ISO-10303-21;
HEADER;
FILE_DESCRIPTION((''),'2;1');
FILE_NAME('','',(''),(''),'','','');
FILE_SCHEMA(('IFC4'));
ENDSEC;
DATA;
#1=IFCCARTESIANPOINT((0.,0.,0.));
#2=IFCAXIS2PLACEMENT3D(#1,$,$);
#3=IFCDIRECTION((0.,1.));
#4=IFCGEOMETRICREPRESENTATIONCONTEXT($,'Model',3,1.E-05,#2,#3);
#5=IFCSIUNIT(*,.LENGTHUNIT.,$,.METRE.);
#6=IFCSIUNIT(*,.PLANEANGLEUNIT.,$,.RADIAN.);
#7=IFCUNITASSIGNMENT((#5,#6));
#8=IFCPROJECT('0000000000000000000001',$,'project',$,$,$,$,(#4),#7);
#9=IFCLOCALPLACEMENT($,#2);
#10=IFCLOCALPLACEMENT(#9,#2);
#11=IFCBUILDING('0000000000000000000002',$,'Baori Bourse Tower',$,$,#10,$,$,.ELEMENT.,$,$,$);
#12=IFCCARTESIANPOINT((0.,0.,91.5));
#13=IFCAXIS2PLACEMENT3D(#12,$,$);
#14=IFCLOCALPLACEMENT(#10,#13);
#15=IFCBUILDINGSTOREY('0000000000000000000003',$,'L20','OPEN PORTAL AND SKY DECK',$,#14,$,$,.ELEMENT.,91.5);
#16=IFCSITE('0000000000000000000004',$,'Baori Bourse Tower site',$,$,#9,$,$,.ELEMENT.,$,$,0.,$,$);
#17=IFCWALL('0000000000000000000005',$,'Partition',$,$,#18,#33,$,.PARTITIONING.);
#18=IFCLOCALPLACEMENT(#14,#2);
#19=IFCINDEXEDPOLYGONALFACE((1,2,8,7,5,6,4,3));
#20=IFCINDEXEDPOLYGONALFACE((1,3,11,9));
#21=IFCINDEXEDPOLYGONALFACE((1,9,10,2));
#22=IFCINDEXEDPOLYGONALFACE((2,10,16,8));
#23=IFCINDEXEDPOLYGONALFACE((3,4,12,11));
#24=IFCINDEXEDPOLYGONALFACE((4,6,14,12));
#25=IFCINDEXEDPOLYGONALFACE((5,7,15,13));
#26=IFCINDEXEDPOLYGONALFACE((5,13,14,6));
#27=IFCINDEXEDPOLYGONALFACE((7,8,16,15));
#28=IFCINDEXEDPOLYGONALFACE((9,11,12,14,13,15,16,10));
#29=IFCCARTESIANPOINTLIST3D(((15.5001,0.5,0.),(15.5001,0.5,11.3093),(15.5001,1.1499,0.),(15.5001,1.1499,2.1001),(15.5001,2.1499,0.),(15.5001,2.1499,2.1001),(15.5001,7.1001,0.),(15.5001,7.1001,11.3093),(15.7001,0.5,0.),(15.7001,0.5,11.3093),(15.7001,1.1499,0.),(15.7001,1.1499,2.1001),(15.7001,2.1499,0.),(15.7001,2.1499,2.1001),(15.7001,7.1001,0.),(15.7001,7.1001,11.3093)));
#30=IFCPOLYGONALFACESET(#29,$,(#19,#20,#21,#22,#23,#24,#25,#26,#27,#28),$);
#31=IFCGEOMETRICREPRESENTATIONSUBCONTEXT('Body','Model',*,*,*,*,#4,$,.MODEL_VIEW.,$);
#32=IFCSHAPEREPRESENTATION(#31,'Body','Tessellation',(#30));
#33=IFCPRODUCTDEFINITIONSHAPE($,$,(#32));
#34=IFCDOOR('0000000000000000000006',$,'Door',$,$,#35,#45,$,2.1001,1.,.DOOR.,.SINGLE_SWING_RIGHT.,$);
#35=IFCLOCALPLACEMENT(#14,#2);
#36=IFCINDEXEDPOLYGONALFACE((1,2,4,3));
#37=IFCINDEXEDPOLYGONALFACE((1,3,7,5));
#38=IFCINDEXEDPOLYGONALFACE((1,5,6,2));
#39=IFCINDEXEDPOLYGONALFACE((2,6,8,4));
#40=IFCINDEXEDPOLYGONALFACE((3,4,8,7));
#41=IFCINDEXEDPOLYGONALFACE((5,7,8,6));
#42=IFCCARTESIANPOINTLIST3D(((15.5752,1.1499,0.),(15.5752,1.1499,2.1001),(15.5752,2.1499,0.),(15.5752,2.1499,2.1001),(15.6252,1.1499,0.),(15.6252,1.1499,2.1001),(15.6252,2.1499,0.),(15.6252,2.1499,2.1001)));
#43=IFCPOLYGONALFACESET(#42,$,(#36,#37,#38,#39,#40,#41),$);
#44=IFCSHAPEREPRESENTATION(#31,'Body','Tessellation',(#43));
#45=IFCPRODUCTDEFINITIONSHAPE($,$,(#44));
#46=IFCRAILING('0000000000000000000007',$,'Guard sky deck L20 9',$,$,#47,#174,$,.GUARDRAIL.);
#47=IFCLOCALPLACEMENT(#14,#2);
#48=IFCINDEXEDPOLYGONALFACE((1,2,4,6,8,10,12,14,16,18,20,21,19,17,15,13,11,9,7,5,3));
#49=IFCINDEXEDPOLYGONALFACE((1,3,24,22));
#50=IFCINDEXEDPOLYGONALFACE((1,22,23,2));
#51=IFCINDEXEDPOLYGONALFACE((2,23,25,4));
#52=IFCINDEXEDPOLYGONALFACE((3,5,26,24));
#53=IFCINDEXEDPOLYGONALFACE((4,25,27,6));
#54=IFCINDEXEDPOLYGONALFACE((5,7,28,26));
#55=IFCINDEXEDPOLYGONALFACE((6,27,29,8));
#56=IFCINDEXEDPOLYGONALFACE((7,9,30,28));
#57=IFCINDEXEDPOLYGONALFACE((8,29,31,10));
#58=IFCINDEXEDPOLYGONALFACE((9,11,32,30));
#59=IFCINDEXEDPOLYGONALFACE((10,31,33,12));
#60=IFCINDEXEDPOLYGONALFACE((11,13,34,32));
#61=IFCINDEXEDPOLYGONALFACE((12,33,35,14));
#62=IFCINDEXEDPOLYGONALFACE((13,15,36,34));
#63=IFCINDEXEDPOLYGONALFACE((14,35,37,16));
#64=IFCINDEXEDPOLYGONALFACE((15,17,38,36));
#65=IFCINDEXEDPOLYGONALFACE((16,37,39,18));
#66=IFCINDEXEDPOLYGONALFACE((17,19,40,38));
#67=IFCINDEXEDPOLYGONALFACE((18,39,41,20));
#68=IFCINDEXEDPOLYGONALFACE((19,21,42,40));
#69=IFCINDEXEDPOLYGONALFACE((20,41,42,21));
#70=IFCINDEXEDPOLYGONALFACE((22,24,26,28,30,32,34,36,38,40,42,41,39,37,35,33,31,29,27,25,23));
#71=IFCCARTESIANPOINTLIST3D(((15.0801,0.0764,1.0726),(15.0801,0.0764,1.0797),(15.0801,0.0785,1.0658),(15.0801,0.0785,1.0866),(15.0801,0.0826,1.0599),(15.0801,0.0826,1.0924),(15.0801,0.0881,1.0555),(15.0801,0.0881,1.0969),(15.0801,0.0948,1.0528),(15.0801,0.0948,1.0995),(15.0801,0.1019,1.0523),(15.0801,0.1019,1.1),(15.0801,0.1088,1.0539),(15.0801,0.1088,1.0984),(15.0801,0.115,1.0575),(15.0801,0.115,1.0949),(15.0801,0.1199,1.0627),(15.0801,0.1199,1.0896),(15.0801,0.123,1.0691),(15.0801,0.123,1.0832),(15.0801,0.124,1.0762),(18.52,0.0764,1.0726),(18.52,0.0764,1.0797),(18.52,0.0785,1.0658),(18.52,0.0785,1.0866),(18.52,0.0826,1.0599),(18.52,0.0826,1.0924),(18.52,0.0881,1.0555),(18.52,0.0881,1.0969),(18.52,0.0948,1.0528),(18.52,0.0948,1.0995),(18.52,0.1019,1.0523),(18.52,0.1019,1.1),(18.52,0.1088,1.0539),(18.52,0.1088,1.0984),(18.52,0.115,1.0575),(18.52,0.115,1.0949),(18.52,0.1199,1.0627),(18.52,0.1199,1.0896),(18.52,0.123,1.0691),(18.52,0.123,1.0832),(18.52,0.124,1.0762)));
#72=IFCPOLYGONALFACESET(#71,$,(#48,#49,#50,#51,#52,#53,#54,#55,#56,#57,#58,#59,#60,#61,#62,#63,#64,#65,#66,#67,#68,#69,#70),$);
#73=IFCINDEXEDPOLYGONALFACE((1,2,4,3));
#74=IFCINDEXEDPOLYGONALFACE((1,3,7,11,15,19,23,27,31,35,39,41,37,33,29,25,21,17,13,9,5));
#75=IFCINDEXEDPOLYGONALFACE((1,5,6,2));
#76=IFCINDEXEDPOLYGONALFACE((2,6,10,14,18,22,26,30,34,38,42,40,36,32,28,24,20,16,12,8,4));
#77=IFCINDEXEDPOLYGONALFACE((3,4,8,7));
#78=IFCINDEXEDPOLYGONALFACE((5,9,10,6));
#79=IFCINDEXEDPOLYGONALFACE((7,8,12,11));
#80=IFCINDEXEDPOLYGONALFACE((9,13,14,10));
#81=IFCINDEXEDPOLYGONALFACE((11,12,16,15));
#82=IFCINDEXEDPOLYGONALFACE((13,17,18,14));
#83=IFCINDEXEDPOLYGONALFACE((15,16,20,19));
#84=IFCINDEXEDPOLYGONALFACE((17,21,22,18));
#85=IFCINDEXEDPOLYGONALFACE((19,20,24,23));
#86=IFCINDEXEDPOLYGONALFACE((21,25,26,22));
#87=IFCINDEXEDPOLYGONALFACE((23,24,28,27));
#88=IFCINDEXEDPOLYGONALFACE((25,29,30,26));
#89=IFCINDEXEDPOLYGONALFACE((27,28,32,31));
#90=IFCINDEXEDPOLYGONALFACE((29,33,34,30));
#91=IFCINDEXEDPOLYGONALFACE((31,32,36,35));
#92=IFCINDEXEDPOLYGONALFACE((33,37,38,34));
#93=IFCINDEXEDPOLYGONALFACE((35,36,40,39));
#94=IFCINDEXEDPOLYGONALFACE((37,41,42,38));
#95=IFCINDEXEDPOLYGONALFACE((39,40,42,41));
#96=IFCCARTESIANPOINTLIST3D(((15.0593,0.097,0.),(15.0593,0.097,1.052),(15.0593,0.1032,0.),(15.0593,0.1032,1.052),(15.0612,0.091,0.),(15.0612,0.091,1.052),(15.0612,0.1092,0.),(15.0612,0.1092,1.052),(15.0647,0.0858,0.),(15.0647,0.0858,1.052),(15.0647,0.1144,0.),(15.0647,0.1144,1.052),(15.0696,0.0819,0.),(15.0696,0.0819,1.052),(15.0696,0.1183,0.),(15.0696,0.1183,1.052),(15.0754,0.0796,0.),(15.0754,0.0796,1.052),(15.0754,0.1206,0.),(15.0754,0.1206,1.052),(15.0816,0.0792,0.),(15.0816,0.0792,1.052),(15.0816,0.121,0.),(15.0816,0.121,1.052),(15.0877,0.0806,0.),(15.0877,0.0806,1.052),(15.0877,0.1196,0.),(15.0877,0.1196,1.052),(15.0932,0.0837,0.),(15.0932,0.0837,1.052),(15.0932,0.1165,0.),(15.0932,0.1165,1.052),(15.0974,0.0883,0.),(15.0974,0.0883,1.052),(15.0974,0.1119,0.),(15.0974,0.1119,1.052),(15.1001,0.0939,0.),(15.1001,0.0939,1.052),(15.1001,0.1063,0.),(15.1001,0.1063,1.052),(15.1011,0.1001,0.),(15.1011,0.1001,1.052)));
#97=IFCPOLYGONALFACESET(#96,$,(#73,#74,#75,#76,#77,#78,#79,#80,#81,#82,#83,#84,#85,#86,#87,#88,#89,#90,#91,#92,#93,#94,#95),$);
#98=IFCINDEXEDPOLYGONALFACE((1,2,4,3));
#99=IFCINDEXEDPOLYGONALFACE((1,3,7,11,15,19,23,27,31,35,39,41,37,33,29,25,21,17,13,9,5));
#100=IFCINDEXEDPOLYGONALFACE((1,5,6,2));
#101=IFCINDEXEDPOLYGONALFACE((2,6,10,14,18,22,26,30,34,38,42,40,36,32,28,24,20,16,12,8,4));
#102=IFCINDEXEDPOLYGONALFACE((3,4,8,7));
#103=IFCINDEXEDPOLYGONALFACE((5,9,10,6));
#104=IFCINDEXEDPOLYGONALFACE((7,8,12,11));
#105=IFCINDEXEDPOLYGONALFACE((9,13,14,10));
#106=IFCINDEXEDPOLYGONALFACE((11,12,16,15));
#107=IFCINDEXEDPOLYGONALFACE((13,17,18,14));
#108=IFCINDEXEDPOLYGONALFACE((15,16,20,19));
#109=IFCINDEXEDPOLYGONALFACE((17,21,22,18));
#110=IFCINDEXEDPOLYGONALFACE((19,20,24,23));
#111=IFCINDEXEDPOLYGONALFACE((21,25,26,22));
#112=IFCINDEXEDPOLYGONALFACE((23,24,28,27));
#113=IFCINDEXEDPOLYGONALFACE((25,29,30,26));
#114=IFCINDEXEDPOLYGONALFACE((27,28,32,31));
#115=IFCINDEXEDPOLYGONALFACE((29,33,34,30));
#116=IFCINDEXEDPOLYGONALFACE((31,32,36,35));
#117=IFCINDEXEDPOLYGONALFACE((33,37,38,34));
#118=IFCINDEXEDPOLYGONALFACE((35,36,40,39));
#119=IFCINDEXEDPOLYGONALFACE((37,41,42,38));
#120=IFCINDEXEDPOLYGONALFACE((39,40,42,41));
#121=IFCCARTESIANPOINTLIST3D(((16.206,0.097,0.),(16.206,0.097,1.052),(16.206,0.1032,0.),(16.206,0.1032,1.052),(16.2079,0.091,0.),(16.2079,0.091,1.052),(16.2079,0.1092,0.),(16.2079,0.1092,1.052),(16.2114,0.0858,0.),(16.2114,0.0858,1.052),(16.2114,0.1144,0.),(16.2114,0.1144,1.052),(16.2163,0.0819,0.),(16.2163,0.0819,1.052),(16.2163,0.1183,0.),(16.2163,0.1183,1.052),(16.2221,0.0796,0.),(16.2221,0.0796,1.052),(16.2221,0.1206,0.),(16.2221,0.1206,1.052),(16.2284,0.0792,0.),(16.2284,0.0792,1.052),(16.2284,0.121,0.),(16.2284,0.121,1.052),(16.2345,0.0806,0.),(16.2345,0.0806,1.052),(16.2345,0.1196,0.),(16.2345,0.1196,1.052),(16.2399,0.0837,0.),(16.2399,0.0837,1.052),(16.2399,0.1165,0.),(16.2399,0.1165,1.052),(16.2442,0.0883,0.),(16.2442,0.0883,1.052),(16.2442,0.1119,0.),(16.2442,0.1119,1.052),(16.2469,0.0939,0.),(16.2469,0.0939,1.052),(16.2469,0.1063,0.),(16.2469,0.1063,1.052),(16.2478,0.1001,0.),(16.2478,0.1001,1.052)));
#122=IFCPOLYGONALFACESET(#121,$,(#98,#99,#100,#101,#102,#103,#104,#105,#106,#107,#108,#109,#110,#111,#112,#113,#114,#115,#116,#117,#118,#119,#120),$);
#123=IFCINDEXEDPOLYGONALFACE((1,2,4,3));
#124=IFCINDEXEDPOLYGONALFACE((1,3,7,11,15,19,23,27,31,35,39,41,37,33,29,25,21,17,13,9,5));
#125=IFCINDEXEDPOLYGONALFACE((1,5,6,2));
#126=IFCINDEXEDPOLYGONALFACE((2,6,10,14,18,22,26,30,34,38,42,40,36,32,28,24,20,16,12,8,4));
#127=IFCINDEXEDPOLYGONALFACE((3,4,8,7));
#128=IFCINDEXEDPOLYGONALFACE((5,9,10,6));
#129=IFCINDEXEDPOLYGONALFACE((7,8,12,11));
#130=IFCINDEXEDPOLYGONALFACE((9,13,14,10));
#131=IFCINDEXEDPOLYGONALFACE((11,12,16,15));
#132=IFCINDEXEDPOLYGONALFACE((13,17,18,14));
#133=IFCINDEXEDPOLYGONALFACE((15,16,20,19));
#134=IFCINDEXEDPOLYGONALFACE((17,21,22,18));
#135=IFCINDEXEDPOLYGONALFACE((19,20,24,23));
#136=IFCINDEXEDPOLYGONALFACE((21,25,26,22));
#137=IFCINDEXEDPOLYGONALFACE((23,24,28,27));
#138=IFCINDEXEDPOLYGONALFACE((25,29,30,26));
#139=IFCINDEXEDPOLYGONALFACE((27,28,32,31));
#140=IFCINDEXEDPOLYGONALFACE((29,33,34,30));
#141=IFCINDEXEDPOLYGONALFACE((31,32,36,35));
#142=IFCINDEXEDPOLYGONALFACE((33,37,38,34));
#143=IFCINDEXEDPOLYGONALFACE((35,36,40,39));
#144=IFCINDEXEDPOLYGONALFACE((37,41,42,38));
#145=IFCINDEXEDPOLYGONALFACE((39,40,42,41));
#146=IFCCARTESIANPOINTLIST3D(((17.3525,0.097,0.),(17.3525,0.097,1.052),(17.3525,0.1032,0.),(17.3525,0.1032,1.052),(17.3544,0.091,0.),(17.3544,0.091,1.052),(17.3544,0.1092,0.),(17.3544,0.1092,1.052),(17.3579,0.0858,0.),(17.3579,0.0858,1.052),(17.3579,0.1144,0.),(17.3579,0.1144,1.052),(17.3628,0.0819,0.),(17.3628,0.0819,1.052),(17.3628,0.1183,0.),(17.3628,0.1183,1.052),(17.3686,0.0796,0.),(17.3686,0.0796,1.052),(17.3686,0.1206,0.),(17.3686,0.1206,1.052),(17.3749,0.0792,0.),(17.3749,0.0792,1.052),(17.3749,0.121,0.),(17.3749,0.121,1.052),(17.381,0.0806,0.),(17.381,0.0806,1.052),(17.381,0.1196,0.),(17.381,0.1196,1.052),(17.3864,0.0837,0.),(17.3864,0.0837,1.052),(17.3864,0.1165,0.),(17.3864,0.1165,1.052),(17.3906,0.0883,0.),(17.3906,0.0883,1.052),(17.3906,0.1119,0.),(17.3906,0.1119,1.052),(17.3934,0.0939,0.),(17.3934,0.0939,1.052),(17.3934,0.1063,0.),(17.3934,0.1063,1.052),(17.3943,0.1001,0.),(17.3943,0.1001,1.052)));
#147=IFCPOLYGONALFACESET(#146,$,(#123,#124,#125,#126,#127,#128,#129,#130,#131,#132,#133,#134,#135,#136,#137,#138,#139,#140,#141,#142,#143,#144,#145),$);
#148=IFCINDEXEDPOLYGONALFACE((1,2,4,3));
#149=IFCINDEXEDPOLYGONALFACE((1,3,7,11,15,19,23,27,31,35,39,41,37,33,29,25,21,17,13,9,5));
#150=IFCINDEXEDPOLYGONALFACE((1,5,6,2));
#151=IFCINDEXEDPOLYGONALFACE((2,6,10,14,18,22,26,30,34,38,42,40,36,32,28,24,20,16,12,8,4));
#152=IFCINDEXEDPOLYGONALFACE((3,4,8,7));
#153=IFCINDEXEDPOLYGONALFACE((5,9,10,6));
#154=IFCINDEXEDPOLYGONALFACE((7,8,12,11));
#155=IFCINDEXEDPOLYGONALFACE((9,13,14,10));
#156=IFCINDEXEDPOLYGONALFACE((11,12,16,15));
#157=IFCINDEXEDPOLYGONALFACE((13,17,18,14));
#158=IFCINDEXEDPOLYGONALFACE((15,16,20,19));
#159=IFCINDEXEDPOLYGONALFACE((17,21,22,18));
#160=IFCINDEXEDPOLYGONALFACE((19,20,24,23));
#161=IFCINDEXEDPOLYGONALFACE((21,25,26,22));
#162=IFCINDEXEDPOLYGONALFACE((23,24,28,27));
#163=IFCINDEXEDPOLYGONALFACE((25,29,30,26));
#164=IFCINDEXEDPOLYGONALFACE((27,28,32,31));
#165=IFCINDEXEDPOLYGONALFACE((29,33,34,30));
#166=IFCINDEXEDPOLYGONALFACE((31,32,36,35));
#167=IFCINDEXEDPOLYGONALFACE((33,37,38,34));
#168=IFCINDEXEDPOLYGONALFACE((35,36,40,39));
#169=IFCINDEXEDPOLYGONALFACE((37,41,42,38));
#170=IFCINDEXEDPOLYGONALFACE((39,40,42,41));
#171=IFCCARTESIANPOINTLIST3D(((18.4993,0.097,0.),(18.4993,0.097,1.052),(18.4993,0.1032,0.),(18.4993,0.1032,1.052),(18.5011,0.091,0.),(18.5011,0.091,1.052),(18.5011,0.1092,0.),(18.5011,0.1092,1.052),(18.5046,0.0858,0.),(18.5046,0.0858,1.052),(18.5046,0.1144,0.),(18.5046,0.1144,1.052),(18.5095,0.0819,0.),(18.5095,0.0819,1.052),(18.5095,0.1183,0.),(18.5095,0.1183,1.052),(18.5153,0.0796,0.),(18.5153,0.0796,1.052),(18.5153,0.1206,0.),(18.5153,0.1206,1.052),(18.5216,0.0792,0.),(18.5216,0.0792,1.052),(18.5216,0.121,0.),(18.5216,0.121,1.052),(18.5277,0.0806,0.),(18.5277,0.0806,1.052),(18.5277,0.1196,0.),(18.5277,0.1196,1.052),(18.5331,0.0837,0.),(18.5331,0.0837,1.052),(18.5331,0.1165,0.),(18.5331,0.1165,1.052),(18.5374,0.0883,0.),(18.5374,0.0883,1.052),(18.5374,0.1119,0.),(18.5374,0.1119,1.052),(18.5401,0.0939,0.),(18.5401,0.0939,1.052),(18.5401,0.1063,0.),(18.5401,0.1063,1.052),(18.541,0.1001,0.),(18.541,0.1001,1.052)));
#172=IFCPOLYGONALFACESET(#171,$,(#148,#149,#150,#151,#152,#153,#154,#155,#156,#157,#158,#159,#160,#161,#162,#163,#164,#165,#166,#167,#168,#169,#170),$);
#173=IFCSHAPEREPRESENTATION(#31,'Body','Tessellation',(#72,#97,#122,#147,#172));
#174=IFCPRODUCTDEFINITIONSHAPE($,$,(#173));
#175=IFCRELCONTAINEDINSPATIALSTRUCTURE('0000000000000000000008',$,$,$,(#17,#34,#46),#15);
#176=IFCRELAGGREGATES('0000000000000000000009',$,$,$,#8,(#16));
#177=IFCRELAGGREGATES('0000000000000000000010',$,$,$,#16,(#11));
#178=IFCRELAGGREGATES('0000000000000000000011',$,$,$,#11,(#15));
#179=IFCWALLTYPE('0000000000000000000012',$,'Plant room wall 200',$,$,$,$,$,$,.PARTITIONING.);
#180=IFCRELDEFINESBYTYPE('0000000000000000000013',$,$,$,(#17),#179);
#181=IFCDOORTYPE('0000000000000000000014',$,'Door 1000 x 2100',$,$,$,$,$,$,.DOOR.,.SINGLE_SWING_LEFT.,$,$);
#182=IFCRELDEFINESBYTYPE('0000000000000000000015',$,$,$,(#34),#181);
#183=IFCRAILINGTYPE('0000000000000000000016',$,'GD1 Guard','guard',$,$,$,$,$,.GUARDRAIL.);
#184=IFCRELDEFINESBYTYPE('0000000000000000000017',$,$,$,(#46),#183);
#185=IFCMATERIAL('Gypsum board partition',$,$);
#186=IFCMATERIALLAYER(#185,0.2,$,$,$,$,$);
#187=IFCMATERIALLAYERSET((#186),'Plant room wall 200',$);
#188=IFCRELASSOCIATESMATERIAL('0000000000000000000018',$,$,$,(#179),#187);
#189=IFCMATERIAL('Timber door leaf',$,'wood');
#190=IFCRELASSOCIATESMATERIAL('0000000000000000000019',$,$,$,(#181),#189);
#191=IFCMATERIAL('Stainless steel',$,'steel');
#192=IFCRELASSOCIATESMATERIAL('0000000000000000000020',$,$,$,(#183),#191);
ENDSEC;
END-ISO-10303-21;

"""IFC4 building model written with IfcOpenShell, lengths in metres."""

from ifc_helpers import new_model, si_unit, direction, frame, frame_2d, origin, origin_2d, place, context, subcontext, project, spatial, rectangle, circle, extrude, material, layer, layer_set, type_object, element, fill, save


model = new_model("IFC4")

# Units and contexts
model_context = context("Model", 3, precision=1e-05, world=origin(), true_north=direction((0.0, 1.0)))
body_context = subcontext(model_context, "Body", "Model", "MODEL_VIEW")
ifc_project = project(units=[si_unit("LENGTHUNIT", "METRE"), si_unit("PLANEANGLEUNIT", "RADIAN")], contexts=[model_context])

# Site, building, storey
site_placement = place(None, origin())
site = spatial("IfcSite", under=ifc_project, at=site_placement, Name="Baori Bourse Tower site", CompositionType="ELEMENT", RefElevation=0.0)
building_placement = place(site_placement, origin())
building = spatial("IfcBuilding", under=site, at=building_placement, Name="Baori Bourse Tower", CompositionType="ELEMENT")
storey_placement = place(building_placement, frame((0.0, 0.0, 91.5)))
storey = spatial("IfcBuildingStorey", under=building, at=storey_placement, Name="L20", Description="OPEN PORTAL AND SKY DECK", CompositionType="ELEMENT", Elevation=91.5)

# Shared definitions
ifc_material_1 = material(Name="Gypsum board partition")
ifc_layer = layer(ifc_material_1, 0.2)
ifc_layer_set = layer_set([ifc_layer], Name="Plant room wall 200")
wall_type = type_object("IfcWallType", Name="Plant room wall 200", PredefinedType="PARTITIONING", material=ifc_layer_set)

# Wall, opening, door
wall_placement = place(storey_placement, frame((15.6001, 0.5, 0.0), z_axis=(0.0, 0.0, 1.0), x_axis=(0.0, 1.0, 0.0)))
wall = element("IfcWall", 1, at=wall_placement, inside=storey, type_object=wall_type, Name="Partition", PredefinedType="PARTITIONING", context=body_context, shape_type="SweptSolid", body=[
    extrude(rectangle(XDim=6.6001, YDim=0.2, at=frame_2d((3.3, 0.0))), origin(), (0.0, 0.0, 1.0), 11.3093),
])
opening_placement = place(wall_placement, frame((0.6499, 0.0, 0.0)))
opening = element("IfcOpeningElement", 2, at=opening_placement, cuts=wall, PredefinedType="OPENING", context=body_context, shape_type="SweptSolid", body=[
    extrude(rectangle(XDim=1.0, YDim=2.1001, at=frame_2d((0.5, 1.05))), frame((0.0, 0.1099, 0.0), z_axis=(0.0, -1.0, 0.0), x_axis=(1.0, 0.0, 0.0)), (0.0, 0.0, 1.0), 0.22),
])
ifc_material_2 = material(Name="Timber door leaf", Category="wood")
door_type = type_object("IfcDoorType", Name="Door 1000 x 2100", OperationType="SINGLE_SWING_LEFT", PredefinedType="DOOR", material=ifc_material_2)
door_placement = place(opening_placement, origin())
door = element("IfcDoor", 3, at=door_placement, inside=storey, type_object=door_type, Name="Door", OperationType="SINGLE_SWING_RIGHT", OverallHeight=2.1001, OverallWidth=1.0, PredefinedType="DOOR", context=body_context, shape_type="SweptSolid", body=[
    extrude(rectangle(XDim=1.0, YDim=2.1001, at=frame_2d((0.5, 1.05))), frame((0.0, 0.0249, 0.0), z_axis=(0.0, -1.0, 0.0), x_axis=(1.0, 0.0, 0.0)), (0.0, 0.0, 1.0), 0.05),
])
fill(opening, door)

# Railing
ifc_material_3 = material(Name="Stainless steel", Category="steel")
railing_type = type_object("IfcRailingType", Name="GD1 Guard", Description="guard", PredefinedType="GUARDRAIL", material=ifc_material_3)
railing_1_placement = place(storey_placement, frame((15.0801, 0.1001, 0.0)))
element("IfcRailing", 4, at=railing_1_placement, inside=storey, type_object=railing_type, Name="Guard sky deck L20 9", PredefinedType="GUARDRAIL", context=body_context, shape_type="SweptSolid", body=[
    extrude(circle(Radius=0.0239, at=origin_2d()), frame((0.0, 0.0, 1.0762), z_axis=(1.0, 0.0, 0.0), x_axis=(0.0, 1.0, 0.0)), (0.0, 0.0, 1.0), 3.4399),
    extrude(circle(Radius=0.021, at=origin_2d()), origin(), (0.0, 0.0, 1.0), 1.052),
    extrude(circle(Radius=0.021, at=origin_2d()), frame((1.1467, 0.0, 0.0)), (0.0, 0.0, 1.0), 1.052),
    extrude(circle(Radius=0.021, at=origin_2d()), frame((2.2932, 0.0, 0.0)), (0.0, 0.0, 1.0), 1.052),
    extrude(circle(Radius=0.021, at=origin_2d()), frame((3.4399, 0.0, 0.0)), (0.0, 0.0, 1.0), 1.052),
])

save(model, "model.ifc")
